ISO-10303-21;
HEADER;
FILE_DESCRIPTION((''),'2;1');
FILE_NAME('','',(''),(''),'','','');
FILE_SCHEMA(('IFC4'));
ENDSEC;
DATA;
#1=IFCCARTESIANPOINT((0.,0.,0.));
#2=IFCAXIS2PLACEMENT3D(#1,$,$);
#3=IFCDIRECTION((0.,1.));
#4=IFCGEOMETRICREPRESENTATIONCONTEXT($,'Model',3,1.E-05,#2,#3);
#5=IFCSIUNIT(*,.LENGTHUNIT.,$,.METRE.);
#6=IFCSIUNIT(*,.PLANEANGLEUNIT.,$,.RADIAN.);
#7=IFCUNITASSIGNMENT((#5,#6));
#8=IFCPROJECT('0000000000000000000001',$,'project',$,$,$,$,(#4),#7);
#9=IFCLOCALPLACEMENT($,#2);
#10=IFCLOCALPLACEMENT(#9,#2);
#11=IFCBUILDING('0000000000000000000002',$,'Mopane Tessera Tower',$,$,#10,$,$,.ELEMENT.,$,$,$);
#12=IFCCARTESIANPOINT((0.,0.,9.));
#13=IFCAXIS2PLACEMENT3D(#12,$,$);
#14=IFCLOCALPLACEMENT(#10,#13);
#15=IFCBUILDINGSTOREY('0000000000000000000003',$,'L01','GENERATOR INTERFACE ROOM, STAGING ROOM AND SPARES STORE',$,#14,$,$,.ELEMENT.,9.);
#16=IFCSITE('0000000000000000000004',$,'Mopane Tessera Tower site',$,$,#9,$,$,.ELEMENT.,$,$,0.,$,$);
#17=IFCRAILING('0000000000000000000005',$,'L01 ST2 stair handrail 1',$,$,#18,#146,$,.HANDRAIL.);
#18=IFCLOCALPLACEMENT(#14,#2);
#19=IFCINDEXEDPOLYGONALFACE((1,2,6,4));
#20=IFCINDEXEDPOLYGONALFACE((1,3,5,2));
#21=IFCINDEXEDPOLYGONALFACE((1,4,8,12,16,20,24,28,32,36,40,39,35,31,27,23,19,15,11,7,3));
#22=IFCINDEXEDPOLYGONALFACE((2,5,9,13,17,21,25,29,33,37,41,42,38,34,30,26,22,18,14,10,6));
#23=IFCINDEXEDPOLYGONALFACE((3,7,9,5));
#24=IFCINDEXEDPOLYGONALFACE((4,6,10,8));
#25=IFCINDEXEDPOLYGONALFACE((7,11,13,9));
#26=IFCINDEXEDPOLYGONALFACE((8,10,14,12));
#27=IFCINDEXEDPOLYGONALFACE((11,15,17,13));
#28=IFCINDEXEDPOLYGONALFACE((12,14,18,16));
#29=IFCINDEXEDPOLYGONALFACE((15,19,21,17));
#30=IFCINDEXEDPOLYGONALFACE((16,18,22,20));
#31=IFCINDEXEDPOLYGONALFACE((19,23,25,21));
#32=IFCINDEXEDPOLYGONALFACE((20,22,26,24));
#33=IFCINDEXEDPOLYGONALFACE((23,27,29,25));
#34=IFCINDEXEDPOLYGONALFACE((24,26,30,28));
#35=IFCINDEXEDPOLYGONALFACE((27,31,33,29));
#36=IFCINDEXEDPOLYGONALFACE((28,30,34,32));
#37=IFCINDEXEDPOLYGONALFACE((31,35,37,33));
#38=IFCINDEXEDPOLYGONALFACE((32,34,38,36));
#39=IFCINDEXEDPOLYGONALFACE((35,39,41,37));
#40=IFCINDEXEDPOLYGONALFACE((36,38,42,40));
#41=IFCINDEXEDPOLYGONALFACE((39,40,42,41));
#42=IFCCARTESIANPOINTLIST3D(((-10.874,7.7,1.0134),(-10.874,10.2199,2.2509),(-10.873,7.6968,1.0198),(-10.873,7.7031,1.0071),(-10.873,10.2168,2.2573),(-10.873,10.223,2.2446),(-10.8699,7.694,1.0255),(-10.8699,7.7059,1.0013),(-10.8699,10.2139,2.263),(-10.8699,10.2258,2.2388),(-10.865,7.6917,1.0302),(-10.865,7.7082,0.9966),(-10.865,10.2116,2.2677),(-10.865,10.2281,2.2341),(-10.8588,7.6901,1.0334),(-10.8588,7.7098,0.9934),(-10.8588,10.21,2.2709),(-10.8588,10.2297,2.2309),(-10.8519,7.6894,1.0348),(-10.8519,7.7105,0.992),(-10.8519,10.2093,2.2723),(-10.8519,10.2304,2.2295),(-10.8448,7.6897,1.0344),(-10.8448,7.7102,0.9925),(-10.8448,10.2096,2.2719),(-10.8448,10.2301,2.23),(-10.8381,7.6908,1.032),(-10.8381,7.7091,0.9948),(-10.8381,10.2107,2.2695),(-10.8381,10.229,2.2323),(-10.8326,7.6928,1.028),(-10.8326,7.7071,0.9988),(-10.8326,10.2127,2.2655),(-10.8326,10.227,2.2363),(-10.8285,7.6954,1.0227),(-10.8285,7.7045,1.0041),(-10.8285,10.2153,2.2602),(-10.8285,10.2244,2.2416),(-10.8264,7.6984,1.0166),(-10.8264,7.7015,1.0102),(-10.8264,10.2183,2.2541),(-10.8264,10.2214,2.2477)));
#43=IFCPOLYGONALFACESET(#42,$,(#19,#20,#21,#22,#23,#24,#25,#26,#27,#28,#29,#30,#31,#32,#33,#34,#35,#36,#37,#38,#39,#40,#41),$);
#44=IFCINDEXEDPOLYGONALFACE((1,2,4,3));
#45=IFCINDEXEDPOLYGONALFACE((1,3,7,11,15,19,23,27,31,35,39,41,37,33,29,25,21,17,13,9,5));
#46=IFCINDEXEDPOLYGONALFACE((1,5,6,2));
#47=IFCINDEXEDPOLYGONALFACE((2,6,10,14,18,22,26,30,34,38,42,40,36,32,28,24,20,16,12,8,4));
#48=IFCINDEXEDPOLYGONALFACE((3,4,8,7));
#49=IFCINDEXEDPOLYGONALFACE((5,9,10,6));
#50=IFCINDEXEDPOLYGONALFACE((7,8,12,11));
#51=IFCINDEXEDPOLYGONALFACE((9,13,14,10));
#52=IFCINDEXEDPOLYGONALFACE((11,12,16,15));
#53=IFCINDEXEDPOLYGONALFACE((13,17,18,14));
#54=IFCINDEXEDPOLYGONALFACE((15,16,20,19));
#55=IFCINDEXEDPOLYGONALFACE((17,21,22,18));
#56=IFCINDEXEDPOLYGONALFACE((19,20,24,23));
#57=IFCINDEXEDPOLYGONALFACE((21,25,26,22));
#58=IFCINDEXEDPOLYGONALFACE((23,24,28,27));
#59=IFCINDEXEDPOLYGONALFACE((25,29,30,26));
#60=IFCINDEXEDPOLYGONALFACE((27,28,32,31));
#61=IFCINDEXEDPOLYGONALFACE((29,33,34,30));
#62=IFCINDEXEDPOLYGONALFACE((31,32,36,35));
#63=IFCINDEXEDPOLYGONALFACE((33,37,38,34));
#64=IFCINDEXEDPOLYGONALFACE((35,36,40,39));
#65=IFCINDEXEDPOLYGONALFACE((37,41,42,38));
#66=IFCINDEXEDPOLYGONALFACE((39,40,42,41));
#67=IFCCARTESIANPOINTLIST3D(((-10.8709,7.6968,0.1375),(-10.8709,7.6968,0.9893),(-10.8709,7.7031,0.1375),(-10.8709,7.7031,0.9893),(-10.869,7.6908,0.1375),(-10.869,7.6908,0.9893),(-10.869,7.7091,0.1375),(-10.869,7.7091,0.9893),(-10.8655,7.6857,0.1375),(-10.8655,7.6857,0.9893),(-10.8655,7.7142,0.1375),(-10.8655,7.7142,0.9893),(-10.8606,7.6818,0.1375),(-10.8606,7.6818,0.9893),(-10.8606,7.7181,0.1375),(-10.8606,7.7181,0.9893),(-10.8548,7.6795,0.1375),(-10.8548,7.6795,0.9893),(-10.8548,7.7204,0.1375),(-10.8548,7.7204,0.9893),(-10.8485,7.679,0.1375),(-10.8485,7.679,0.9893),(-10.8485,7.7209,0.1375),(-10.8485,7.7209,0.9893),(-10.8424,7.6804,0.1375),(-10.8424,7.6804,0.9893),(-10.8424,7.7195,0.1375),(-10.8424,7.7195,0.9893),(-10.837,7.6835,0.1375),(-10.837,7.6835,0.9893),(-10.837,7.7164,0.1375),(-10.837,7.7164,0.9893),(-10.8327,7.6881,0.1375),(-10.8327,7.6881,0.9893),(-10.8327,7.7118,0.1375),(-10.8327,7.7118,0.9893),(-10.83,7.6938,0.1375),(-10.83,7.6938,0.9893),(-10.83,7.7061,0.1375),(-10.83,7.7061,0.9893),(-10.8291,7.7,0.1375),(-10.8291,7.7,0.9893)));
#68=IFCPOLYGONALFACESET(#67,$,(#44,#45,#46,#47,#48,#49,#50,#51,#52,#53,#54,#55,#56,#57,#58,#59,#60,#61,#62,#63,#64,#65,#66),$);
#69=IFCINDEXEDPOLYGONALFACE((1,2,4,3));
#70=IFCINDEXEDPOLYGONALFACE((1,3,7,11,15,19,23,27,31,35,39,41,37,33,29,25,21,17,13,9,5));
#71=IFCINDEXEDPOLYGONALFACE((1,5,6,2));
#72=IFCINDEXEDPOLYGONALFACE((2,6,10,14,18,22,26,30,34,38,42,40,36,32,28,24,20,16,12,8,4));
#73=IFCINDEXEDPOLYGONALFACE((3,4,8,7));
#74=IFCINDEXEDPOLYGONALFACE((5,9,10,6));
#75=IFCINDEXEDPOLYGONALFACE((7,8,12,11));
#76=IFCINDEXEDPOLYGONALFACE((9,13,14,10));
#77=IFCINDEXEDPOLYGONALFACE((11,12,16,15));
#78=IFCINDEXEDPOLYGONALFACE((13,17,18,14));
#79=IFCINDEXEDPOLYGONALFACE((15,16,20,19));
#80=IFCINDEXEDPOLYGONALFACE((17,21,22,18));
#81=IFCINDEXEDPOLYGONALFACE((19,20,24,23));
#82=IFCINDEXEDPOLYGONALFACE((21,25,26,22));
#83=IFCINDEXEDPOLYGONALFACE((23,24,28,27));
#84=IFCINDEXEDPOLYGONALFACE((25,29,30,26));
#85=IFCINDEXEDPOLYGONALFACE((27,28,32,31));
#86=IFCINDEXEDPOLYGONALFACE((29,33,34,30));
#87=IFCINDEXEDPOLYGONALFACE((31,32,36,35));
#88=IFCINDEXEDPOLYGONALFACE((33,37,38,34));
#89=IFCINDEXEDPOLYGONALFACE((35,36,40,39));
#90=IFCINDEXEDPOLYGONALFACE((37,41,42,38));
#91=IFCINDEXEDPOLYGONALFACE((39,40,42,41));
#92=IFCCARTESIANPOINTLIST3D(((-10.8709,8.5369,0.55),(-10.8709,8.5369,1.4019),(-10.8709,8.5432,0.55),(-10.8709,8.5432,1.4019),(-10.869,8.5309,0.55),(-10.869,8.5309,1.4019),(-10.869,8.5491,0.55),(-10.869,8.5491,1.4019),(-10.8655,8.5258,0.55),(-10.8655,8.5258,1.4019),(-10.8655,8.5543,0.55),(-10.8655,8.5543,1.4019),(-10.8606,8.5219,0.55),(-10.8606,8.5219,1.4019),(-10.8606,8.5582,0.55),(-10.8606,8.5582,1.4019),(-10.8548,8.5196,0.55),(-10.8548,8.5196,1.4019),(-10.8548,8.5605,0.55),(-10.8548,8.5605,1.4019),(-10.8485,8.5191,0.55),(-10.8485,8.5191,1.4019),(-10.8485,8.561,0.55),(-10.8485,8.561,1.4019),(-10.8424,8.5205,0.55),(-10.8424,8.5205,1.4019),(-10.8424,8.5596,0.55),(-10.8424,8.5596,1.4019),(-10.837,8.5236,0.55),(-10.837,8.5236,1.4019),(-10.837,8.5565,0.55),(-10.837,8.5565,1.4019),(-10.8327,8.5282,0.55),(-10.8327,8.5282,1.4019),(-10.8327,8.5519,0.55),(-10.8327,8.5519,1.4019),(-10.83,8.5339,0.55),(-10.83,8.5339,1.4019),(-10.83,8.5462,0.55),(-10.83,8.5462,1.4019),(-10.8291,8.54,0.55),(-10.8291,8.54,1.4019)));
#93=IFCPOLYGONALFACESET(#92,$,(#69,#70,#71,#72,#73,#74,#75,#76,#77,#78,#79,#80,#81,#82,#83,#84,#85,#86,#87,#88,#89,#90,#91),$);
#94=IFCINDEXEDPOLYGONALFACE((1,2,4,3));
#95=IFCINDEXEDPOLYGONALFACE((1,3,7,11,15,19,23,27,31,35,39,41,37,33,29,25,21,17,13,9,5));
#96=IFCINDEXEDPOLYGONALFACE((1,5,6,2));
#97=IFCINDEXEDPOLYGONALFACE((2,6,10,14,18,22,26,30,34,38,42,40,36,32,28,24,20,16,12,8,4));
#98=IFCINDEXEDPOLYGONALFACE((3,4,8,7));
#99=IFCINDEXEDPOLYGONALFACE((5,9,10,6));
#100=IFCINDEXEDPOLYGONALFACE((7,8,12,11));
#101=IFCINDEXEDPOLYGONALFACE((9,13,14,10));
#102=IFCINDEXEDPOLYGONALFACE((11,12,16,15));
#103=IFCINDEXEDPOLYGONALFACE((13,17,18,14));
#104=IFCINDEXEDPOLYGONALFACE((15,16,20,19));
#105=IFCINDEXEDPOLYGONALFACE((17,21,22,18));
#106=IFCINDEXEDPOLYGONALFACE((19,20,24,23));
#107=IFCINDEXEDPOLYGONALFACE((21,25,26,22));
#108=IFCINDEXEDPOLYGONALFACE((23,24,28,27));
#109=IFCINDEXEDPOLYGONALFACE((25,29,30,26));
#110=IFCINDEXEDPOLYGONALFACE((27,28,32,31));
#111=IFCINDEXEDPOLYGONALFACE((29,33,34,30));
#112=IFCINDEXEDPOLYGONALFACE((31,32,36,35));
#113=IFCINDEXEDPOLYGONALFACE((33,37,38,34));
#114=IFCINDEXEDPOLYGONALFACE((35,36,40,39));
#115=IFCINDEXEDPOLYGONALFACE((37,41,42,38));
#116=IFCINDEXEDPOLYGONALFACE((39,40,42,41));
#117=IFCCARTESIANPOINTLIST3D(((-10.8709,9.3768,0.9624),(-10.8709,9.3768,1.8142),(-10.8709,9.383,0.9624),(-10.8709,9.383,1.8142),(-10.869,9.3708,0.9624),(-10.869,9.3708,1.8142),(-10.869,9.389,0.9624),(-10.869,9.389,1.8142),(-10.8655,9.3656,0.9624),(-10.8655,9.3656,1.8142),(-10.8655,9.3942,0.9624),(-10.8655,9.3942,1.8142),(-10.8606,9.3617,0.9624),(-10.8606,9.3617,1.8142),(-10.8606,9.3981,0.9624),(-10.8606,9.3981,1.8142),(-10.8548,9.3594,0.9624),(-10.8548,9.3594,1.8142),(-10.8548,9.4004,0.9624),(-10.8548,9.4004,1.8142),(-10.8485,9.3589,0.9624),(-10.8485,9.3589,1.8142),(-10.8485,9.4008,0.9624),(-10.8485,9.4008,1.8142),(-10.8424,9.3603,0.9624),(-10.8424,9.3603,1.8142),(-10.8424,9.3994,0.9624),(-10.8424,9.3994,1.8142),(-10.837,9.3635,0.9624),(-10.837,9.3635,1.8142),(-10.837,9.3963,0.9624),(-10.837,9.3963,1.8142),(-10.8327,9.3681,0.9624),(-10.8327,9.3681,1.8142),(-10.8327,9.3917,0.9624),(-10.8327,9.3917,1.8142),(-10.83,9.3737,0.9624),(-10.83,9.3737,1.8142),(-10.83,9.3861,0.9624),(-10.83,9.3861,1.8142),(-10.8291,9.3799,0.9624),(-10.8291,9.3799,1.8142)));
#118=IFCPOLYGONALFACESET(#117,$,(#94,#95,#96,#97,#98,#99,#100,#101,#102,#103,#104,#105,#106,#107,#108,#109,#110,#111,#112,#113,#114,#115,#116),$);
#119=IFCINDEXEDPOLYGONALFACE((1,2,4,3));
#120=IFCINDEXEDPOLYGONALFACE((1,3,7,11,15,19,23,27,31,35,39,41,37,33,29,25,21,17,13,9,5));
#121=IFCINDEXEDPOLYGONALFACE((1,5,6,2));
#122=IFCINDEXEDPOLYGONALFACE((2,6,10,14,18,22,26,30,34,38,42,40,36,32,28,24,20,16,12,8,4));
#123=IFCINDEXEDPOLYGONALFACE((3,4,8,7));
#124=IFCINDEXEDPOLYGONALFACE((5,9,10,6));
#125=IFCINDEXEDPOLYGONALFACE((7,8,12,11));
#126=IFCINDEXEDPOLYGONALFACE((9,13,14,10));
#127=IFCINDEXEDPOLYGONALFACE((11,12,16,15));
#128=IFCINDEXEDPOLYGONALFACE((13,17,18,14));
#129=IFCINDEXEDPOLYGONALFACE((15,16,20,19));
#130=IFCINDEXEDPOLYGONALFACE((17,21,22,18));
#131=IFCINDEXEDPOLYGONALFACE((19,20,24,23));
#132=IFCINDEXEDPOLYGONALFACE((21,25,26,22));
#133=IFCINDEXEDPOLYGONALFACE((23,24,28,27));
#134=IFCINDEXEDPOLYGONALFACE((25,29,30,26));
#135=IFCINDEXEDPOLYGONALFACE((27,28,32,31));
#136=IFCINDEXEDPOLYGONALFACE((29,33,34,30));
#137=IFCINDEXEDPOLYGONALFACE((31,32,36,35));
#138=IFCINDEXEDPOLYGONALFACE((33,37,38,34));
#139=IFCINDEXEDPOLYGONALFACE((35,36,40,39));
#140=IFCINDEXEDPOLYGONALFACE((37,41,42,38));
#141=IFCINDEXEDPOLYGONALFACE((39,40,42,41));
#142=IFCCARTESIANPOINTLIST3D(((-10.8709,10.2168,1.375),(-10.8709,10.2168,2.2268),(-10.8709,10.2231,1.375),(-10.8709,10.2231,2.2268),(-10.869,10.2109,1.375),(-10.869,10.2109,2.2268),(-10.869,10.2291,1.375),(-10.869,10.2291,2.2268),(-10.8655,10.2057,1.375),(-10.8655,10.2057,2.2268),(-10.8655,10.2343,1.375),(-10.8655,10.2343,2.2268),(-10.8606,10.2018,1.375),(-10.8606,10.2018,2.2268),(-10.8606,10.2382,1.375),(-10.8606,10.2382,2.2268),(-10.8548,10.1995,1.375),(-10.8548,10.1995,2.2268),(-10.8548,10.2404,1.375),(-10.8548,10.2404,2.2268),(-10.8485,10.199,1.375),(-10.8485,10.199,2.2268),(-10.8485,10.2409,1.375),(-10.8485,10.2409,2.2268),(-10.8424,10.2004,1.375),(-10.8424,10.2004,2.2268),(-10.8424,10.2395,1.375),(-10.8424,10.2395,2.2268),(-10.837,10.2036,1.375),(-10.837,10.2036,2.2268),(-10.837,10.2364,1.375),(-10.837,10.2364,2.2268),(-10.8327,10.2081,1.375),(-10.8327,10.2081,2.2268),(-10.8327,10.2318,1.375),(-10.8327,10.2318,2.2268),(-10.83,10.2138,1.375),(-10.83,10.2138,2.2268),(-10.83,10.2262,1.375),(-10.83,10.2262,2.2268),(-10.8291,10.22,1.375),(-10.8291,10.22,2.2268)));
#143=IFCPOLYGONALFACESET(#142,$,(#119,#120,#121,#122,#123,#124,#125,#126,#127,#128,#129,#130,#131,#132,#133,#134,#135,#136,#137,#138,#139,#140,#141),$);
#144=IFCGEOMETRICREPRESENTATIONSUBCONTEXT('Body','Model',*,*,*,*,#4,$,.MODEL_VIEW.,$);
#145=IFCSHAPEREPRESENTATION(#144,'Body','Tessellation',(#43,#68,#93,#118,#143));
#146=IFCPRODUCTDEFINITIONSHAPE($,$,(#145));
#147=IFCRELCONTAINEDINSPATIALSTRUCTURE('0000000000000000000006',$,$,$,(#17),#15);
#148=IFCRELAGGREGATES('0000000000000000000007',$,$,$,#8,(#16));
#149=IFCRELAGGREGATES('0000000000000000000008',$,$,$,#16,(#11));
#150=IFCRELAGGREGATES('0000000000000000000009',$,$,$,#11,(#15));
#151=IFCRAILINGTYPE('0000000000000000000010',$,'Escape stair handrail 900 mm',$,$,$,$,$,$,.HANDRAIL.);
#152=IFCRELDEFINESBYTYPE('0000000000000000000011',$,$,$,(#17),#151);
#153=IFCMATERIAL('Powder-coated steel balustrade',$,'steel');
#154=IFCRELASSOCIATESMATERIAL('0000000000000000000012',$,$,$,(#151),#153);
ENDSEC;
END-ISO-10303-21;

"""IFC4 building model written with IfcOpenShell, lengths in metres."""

from ifc_helpers import new_model, si_unit, direction, frame, origin, origin_2d, place, context, subcontext, project, spatial, circle, extrude, material, type_object, element, save


model = new_model("IFC4")

# Units and contexts
model_context = context("Model", 3, precision=1e-05, world=origin(), true_north=direction((0.0, 1.0)))
body_context = subcontext(model_context, "Body", "Model", "MODEL_VIEW")
ifc_project = project(units=[si_unit("LENGTHUNIT", "METRE"), si_unit("PLANEANGLEUNIT", "RADIAN")], contexts=[model_context])

# Site, building, storey
site_placement = place(None, origin())
site = spatial("IfcSite", under=ifc_project, at=site_placement, Name="Mopane Tessera Tower site", CompositionType="ELEMENT", RefElevation=0.0)
building_placement = place(site_placement, origin())
building = spatial("IfcBuilding", under=site, at=building_placement, Name="Mopane Tessera Tower", CompositionType="ELEMENT")
storey_placement = place(building_placement, frame((0.0, 0.0, 9.0)))
storey = spatial("IfcBuildingStorey", under=building, at=storey_placement, Name="L01", Description="GENERATOR INTERFACE ROOM, STAGING ROOM AND SPARES STORE", CompositionType="ELEMENT", Elevation=9.0)

# Railing
ifc_material_1 = material(Name="Powder-coated steel balustrade", Category="steel")
railing_type_1 = type_object("IfcRailingType", Name="Escape stair handrail 900 mm", PredefinedType="HANDRAIL", material=ifc_material_1)
for number, where, name in (
    (1, (-10.8501, 7.7, 0.1375), "L01 ST2 stair handrail 1"),
):
    element("IfcRailing", number, at=place(storey_placement, frame(where)), inside=storey, type_object=railing_type_1, Name=name, PredefinedType="HANDRAIL", context=body_context, shape_type="SweptSolid", body=[
        extrude(circle(Radius=0.0239, at=origin_2d()), frame((0.0, 0.0, 0.876), z_axis=(0.0, 0.897604, 0.440802), x_axis=(-1.0, 0.0, 0.0)), (0.0, 0.0, 1.0), 2.8074),
        extrude(circle(Radius=0.021, at=origin_2d()), origin(), (0.0, 0.0, 1.0), 0.8518),
        extrude(circle(Radius=0.021, at=origin_2d()), frame((0.0, 0.8401, 0.4126)), (0.0, 0.0, 1.0), 0.8518),
        extrude(circle(Radius=0.021, at=origin_2d()), frame((0.0, 1.6799, 0.825)), (0.0, 0.0, 1.0), 0.8518),
        extrude(circle(Radius=0.021, at=origin_2d()), frame((0.0, 2.52, 1.2375)), (0.0, 0.0, 1.0), 0.8518),
    ])

save(model, "model.ifc")
